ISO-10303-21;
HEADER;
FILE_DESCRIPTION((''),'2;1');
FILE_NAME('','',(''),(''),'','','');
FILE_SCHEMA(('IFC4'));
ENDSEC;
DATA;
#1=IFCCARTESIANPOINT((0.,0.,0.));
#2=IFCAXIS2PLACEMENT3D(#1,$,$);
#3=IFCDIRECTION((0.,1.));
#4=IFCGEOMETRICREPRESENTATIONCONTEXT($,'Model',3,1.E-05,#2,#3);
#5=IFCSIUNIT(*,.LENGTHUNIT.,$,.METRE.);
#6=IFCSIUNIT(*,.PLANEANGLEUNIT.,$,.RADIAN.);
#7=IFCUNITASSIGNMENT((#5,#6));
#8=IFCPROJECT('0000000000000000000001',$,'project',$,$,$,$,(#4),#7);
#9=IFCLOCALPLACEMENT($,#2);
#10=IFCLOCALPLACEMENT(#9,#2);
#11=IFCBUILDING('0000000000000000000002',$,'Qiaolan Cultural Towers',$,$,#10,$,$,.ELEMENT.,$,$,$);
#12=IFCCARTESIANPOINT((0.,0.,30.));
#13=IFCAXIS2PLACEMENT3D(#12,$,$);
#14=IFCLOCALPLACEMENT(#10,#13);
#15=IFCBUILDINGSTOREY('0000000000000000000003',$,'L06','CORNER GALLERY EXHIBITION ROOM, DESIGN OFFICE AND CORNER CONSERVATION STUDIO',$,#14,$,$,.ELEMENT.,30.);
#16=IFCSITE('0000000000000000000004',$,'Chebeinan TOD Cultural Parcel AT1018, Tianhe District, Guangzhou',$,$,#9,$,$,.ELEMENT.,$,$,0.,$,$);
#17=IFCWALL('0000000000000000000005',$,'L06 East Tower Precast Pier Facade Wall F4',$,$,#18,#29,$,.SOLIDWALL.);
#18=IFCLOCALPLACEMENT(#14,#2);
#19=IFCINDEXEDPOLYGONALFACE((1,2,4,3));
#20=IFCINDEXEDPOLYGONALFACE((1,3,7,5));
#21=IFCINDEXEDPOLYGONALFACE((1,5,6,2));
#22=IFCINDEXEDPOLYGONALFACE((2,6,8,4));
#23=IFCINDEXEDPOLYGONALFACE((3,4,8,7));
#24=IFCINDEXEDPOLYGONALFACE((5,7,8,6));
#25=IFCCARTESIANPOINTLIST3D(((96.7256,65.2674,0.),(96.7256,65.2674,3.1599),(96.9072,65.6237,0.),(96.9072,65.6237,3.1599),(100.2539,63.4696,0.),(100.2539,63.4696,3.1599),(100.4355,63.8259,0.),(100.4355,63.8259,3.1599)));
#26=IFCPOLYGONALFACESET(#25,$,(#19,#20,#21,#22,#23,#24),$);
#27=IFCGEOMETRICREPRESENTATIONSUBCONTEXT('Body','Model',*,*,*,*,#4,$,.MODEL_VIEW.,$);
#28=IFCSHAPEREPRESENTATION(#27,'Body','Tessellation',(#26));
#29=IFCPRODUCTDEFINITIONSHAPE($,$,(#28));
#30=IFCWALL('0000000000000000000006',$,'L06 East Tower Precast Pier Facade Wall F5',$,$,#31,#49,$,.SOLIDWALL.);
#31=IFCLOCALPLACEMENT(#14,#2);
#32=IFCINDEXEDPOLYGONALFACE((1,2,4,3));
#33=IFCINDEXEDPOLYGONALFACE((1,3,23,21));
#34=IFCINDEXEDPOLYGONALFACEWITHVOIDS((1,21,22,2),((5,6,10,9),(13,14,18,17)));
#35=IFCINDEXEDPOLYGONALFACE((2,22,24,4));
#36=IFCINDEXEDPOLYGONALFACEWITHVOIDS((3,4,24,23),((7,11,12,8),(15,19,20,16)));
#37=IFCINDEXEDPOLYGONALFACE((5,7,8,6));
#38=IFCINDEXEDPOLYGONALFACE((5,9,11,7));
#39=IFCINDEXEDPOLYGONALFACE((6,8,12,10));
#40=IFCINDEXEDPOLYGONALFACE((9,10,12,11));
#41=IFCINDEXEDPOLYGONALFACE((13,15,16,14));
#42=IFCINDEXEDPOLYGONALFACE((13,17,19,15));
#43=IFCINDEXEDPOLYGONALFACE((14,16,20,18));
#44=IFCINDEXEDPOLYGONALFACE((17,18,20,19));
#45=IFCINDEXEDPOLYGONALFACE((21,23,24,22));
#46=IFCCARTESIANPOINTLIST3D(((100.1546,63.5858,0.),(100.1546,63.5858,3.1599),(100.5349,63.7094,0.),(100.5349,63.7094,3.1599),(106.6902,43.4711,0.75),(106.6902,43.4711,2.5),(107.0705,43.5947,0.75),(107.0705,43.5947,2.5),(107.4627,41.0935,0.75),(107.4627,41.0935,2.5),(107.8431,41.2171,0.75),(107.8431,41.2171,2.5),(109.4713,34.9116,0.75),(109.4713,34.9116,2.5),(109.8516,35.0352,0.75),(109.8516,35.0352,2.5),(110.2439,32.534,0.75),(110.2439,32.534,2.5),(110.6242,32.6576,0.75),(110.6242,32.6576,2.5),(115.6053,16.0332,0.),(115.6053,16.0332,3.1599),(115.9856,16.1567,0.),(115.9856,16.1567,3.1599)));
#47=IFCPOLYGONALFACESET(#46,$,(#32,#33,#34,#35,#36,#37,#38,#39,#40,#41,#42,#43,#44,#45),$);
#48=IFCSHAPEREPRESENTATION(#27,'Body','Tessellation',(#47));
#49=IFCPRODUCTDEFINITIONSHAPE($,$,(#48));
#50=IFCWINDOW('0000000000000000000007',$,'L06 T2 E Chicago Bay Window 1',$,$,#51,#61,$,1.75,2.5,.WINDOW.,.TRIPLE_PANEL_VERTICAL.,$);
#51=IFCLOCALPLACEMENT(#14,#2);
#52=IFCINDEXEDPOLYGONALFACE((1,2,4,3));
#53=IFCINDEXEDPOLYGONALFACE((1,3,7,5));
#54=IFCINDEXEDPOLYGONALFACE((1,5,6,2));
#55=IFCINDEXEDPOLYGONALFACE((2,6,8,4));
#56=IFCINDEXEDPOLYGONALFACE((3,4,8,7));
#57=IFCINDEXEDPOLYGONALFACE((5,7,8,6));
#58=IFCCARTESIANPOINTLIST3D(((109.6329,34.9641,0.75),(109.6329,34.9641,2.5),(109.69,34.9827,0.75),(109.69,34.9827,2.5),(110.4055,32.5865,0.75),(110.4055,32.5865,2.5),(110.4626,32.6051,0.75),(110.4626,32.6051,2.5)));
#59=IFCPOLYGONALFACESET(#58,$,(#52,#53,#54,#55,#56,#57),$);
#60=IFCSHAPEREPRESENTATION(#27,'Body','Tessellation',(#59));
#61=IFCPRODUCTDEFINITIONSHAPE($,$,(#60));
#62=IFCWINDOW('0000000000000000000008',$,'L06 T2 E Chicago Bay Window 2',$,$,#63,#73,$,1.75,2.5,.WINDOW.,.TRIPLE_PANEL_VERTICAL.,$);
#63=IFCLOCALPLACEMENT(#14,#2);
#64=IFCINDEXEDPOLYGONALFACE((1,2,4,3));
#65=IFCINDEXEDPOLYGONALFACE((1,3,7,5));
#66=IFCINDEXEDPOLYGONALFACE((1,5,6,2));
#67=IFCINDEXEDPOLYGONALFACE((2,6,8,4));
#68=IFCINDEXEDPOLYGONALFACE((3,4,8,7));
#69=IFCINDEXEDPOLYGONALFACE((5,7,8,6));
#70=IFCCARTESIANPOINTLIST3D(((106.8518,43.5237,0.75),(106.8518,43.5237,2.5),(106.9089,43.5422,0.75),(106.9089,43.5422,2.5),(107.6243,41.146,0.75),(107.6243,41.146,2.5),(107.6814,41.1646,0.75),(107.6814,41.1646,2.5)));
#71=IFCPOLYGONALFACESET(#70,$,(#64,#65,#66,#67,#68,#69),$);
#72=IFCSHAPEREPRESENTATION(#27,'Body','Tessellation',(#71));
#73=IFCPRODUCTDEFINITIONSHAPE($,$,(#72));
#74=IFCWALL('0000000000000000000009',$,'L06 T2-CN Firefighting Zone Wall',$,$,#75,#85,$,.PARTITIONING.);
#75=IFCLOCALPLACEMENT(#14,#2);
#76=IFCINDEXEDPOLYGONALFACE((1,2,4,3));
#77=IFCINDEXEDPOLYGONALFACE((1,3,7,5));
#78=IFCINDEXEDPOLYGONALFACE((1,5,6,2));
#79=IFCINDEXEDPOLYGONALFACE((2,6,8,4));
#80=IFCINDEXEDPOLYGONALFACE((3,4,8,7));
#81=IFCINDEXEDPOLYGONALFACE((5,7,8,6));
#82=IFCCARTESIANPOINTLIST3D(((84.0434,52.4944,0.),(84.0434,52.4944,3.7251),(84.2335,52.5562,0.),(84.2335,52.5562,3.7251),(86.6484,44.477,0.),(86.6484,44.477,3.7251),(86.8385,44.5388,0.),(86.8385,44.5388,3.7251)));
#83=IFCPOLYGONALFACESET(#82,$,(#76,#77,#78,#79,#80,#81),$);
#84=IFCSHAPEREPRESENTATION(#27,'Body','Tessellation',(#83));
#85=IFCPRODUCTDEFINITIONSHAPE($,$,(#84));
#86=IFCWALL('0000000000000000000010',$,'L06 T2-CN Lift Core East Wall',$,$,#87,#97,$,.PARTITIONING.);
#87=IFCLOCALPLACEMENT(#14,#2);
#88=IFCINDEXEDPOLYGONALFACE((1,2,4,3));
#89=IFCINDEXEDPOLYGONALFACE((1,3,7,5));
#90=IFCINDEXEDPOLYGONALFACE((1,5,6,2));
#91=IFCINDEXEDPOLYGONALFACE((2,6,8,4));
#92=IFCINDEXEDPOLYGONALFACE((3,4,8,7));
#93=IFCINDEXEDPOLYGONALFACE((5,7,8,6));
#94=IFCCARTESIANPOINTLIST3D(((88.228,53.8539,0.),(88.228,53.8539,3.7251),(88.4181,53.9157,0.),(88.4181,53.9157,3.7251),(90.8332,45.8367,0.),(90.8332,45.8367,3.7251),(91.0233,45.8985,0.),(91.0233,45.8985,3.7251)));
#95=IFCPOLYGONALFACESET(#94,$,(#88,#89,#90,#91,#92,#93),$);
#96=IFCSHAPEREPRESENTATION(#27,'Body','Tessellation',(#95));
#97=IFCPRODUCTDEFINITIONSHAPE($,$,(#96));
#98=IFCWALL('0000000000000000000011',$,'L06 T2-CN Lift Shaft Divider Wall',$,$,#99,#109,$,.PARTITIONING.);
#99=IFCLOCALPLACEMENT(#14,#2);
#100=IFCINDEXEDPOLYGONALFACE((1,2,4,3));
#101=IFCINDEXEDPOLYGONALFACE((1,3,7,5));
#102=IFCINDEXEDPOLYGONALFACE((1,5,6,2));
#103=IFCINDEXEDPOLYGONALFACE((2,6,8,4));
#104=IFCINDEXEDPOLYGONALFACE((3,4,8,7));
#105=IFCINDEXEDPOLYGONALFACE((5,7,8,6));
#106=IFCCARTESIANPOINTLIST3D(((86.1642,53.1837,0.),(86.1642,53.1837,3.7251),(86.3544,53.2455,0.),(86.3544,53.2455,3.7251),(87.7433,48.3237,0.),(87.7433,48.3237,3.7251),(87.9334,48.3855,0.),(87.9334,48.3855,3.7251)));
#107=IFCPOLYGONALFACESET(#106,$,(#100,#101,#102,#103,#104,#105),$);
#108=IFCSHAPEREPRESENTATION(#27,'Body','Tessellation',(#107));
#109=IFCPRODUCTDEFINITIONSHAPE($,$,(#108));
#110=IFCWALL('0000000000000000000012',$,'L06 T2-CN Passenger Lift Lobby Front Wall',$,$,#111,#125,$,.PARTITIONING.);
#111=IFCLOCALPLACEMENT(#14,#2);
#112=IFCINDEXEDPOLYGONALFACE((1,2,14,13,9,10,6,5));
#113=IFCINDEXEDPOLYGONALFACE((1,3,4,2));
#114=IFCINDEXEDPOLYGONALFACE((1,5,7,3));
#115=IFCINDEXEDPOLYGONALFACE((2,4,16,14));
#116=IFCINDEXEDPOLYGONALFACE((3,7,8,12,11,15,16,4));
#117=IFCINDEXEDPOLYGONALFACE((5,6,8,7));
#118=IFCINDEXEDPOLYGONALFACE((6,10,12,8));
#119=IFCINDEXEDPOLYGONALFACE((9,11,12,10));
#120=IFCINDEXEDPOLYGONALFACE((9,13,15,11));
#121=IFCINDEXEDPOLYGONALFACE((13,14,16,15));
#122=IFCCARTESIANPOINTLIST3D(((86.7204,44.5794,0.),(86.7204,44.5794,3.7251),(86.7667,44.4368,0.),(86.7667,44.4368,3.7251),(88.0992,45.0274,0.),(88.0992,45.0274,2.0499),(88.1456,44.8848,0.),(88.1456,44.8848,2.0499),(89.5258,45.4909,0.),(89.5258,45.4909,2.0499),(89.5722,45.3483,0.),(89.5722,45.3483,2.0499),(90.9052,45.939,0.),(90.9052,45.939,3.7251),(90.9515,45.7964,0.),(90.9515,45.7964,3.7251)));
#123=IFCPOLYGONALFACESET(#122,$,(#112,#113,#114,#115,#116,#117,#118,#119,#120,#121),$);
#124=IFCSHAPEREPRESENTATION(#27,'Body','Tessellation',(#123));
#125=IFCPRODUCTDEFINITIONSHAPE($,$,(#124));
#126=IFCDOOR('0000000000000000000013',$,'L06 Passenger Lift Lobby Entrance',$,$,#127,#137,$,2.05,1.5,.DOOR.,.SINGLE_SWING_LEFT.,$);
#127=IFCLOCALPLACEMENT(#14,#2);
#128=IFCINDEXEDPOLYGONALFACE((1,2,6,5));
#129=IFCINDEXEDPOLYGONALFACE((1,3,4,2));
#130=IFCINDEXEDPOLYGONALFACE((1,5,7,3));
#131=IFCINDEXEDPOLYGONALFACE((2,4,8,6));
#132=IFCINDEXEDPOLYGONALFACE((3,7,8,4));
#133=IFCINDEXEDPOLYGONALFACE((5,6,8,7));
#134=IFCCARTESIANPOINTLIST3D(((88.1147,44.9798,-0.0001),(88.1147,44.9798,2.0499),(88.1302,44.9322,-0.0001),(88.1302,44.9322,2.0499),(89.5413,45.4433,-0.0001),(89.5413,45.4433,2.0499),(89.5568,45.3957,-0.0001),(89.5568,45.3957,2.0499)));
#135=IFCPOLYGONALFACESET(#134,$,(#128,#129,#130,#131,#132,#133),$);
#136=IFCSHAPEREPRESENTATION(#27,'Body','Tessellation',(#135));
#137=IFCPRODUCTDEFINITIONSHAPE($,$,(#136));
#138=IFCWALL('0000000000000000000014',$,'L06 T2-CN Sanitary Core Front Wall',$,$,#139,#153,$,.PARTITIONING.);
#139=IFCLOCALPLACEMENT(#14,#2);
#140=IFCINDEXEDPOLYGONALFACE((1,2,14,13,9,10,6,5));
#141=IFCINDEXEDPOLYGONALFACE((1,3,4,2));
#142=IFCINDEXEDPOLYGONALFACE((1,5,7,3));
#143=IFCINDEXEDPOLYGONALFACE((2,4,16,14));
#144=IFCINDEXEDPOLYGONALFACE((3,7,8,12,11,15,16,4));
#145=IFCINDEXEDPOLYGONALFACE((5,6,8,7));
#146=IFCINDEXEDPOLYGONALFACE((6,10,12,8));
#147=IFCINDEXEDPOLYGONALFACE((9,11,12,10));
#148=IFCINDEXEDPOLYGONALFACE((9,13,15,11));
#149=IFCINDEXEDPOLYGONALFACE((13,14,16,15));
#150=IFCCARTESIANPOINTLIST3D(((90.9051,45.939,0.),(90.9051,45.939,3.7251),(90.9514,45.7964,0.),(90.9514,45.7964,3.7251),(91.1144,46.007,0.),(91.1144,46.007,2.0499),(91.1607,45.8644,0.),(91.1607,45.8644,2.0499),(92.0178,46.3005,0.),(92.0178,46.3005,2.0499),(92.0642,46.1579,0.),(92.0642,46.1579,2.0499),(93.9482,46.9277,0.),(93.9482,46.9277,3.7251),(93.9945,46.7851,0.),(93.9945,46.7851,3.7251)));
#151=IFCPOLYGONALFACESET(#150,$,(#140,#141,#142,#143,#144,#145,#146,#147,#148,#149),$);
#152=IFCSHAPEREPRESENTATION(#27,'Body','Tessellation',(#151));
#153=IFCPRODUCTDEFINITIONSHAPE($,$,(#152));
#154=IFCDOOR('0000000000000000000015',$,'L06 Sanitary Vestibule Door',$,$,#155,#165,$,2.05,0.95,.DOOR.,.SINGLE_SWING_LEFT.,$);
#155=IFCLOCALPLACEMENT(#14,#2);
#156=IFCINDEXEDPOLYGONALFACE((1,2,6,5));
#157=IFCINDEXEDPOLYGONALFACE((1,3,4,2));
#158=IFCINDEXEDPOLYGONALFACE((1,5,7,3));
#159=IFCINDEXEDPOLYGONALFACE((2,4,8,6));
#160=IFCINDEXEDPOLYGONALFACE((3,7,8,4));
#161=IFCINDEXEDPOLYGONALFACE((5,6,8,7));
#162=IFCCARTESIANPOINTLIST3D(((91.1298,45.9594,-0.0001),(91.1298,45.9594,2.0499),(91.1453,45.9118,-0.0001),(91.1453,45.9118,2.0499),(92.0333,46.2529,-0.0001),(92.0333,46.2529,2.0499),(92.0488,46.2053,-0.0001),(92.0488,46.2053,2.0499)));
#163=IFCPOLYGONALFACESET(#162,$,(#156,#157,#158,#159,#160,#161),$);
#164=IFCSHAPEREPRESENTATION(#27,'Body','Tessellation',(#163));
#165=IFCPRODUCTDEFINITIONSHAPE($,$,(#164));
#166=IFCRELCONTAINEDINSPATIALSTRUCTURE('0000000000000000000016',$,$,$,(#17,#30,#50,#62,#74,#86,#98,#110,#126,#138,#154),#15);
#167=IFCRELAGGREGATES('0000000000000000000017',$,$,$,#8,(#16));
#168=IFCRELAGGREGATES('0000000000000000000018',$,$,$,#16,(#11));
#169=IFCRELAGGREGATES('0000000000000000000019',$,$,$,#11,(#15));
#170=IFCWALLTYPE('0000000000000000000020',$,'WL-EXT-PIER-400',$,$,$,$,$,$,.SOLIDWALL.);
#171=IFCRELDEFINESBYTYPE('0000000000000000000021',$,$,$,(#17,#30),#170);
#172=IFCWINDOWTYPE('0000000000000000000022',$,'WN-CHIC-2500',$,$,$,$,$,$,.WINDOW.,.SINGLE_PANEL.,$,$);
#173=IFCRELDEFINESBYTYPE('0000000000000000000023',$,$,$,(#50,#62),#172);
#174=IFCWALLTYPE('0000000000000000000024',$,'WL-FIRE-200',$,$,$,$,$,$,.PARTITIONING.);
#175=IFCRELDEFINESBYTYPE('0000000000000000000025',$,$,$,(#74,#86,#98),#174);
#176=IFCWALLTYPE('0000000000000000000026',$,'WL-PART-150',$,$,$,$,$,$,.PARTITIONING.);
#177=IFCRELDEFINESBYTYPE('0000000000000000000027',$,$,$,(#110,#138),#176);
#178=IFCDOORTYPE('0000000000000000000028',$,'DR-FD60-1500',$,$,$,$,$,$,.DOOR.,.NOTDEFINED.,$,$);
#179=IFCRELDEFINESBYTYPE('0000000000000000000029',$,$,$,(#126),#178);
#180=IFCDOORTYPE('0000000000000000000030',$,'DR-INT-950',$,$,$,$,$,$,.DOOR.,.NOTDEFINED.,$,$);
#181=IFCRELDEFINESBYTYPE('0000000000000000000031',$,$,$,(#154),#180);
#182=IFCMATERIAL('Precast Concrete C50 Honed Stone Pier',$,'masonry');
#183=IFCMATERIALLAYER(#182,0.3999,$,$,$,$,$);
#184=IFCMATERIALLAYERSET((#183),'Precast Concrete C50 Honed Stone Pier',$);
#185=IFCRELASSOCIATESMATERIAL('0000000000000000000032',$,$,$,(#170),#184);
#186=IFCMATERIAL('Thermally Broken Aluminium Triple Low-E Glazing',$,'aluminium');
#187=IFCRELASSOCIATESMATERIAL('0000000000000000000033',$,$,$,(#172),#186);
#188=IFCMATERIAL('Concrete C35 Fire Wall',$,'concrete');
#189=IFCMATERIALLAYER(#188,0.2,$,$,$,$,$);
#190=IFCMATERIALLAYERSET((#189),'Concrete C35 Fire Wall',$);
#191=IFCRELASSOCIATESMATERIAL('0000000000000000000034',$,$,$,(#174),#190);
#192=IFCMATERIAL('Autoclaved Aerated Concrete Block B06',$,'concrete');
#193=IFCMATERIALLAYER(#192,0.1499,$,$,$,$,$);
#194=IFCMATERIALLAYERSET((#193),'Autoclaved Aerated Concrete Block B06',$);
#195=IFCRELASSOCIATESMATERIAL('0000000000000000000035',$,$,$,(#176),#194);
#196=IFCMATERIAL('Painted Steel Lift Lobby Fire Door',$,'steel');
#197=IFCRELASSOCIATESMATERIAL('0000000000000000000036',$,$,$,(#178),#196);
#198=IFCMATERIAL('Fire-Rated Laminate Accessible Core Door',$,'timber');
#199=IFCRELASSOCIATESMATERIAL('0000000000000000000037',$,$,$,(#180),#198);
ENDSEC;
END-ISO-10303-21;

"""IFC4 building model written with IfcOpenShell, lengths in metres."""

from ifc_helpers import new_model, si_unit, direction, frame, frame_2d, origin, place, context, subcontext, project, spatial, rectangle, extrude, material, layer, layer_set, type_object, element, fill, save


model = new_model("IFC4")

# Units and contexts
model_context = context("Model", 3, precision=1e-05, world=origin(), true_north=direction((0.0, 1.0)))
body_context = subcontext(model_context, "Body", "Model", "MODEL_VIEW")
ifc_project = project(units=[si_unit("LENGTHUNIT", "METRE"), si_unit("PLANEANGLEUNIT", "RADIAN")], contexts=[model_context])

# Site, building, storey
site_placement = place(None, origin())
site = spatial("IfcSite", under=ifc_project, at=site_placement, Name="Chebeinan TOD Cultural Parcel AT1018, Tianhe District, Guangzhou", CompositionType="ELEMENT", RefElevation=0.0)
building_placement = place(site_placement, origin())
building = spatial("IfcBuilding", under=site, at=building_placement, Name="Qiaolan Cultural Towers", CompositionType="ELEMENT")
storey_placement = place(building_placement, frame((0.0, 0.0, 30.0)))
storey = spatial("IfcBuildingStorey", under=building, at=storey_placement, Name="L06", Description="CORNER GALLERY EXHIBITION ROOM, DESIGN OFFICE AND CORNER CONSERVATION STUDIO", CompositionType="ELEMENT", Elevation=30.0)

# Wall
ifc_material_1 = material(Name="Precast Concrete C50 Honed Stone Pier", Category="masonry")
ifc_layer_1 = layer(ifc_material_1, 0.3999)
ifc_layer_set_1 = layer_set([ifc_layer_1], Name="Precast Concrete C50 Honed Stone Pier")
wall_type_1 = type_object("IfcWallType", Name="WL-EXT-PIER-400", PredefinedType="SOLIDWALL", material=ifc_layer_set_1)
wall_1_placement = place(storey_placement, frame((96.8164, 65.4456, 0.0), z_axis=(0.0, 0.0, 1.0), x_axis=(0.890998, -0.454007, 0.0)))
element("IfcWall", 1, at=wall_1_placement, inside=storey, type_object=wall_type_1, Name="L06 East Tower Precast Pier Facade Wall F4", PredefinedType="SOLIDWALL", context=body_context, shape_type="SweptSolid", body=[
    extrude(rectangle(XDim=3.96, YDim=0.3999, at=frame_2d((1.98, 0.0))), origin(), (0.0, 0.0, 1.0), 3.1599),
])

# Wall, openings, windows
wall_2_placement = place(storey_placement, frame((100.3447, 63.6477, 0.0), z_axis=(0.0, 0.0, 1.0), x_axis=(0.309015, -0.951057, 0.0)))
wall_2 = element("IfcWall", 2, at=wall_2_placement, inside=storey, type_object=wall_type_1, Name="L06 East Tower Precast Pier Facade Wall F5", PredefinedType="SOLIDWALL", context=body_context, shape_type="SweptSolid", body=[
    extrude(rectangle(XDim=49.9998, YDim=0.3999, at=frame_2d((25.0, 0.0))), origin(), (0.0, 0.0, 1.0), 3.1599),
])
opening_1_placement = place(wall_2_placement, frame((30.1499, 0.0, 0.75)))
opening_1 = element("IfcOpeningElement", 3, at=opening_1_placement, cuts=wall_2, PredefinedType="OPENING", context=body_context, shape_type="SweptSolid", body=[
    extrude(rectangle(XDim=2.5, YDim=1.75, at=frame_2d((1.25, 0.875))), frame((0.0, 0.21, 0.0), z_axis=(0.0, -1.0, 0.0), x_axis=(1.0, 0.0, 0.0)), (0.0, 0.0, 1.0), 0.4199),
])
opening_2_placement = place(wall_2_placement, frame((21.1499, 0.0, 0.75)))
opening_2 = element("IfcOpeningElement", 4, at=opening_2_placement, cuts=wall_2, PredefinedType="OPENING", context=body_context, shape_type="SweptSolid", body=[
    extrude(rectangle(XDim=2.5, YDim=1.75, at=frame_2d((1.25, 0.875))), frame((0.0, 0.21, 0.0), z_axis=(0.0, -1.0, 0.0), x_axis=(1.0, 0.0, 0.0)), (0.0, 0.0, 1.0), 0.4199),
])
ifc_material_2 = material(Name="Thermally Broken Aluminium Triple Low-E Glazing", Category="aluminium")
window_type = type_object("IfcWindowType", Name="WN-CHIC-2500", PartitioningType="SINGLE_PANEL", PredefinedType="WINDOW", material=ifc_material_2)
window_1_placement = place(opening_1_placement, origin())
window_1 = element("IfcWindow", 5, at=window_1_placement, inside=storey, type_object=window_type, Name="L06 T2 E Chicago Bay Window 1", OverallHeight=1.75, OverallWidth=2.5, PartitioningType="TRIPLE_PANEL_VERTICAL", PredefinedType="WINDOW", context=body_context, shape_type="SweptSolid", body=[
    extrude(rectangle(XDim=2.5, YDim=1.75, at=frame_2d((1.25, 0.875))), frame((0.0, 0.03, 0.0), z_axis=(0.0, -1.0, 0.0), x_axis=(1.0, 0.0, 0.0)), (0.0, 0.0, 1.0), 0.0601),
])
fill(opening_1, window_1)
window_2_placement = place(opening_2_placement, origin())
window_2 = element("IfcWindow", 6, at=window_2_placement, inside=storey, type_object=window_type, Name="L06 T2 E Chicago Bay Window 2", OverallHeight=1.75, OverallWidth=2.5, PartitioningType="TRIPLE_PANEL_VERTICAL", PredefinedType="WINDOW", context=body_context, shape_type="SweptSolid", body=[
    extrude(rectangle(XDim=2.5, YDim=1.75, at=frame_2d((1.25, 0.875))), frame((0.0, 0.03, 0.0), z_axis=(0.0, -1.0, 0.0), x_axis=(1.0, 0.0, 0.0)), (0.0, 0.0, 1.0), 0.0601),
])
fill(opening_2, window_2)

# Walls
ifc_material_3 = material(Name="Concrete C35 Fire Wall", Category="concrete")
ifc_layer_2 = layer(ifc_material_3, 0.2)
ifc_layer_set_2 = layer_set([ifc_layer_2], Name="Concrete C35 Fire Wall")
wall_type_2 = type_object("IfcWallType", Name="WL-FIRE-200", PredefinedType="PARTITIONING", material=ifc_layer_set_2)
for number, where, z_axis, x_axis, name in (
    (7, (86.7434, 44.5081, 0.0), (0.0, 0.0, 1.0), (-0.309016, 0.951057, 0.0), "L06 T2-CN Firefighting Zone Wall"),
    (8, (90.9282, 45.8677, 0.0), (0.0, 0.0, 1.0), (-0.309042, 0.951048, 0.0), "L06 T2-CN Lift Core East Wall"),
):
    element("IfcWall", number, at=place(storey_placement, frame(where, z_axis=z_axis, x_axis=x_axis)), inside=storey, type_object=wall_type_2, Name=name, PredefinedType="PARTITIONING", context=body_context, shape_type="SweptSolid", body=[
        extrude(rectangle(XDim=8.4299, YDim=0.2, at=frame_2d((4.2148, 0.0))), origin(), (0.0, 0.0, 1.0), 3.7251),
    ])
wall_3_placement = place(storey_placement, frame((87.8384, 48.3545, 0.0), z_axis=(0.0, 0.0, 1.0), x_axis=(-0.309009, 0.951059, 0.0)))
element("IfcWall", 9, at=wall_3_placement, inside=storey, type_object=wall_type_2, Name="L06 T2-CN Lift Shaft Divider Wall", PredefinedType="PARTITIONING", context=body_context, shape_type="SweptSolid", body=[
    extrude(rectangle(XDim=5.1101, YDim=0.2, at=frame_2d((2.5552, 0.0))), origin(), (0.0, 0.0, 1.0), 3.7251),
])

# Walls, openings, doors
ifc_material_4 = material(Name="Autoclaved Aerated Concrete Block B06", Category="concrete")
ifc_layer_3 = layer(ifc_material_4, 0.1499)
ifc_layer_set_3 = layer_set([ifc_layer_3], Name="Autoclaved Aerated Concrete Block B06")
wall_type_3 = type_object("IfcWallType", Name="WL-PART-150", PredefinedType="PARTITIONING", material=ifc_layer_set_3)
wall_4_placement = place(storey_placement, frame((86.7434, 44.5081, 0.0), z_axis=(0.0, 0.0, 1.0), x_axis=(0.951064, 0.308994, 0.0)))
wall_4 = element("IfcWall", 10, at=wall_4_placement, inside=storey, type_object=wall_type_3, Name="L06 T2-CN Passenger Lift Lobby Front Wall", PredefinedType="PARTITIONING", context=body_context, shape_type="SweptSolid", body=[
    extrude(rectangle(XDim=4.4001, YDim=0.1499, at=frame_2d((2.2002, 0.0))), origin(), (0.0, 0.0, 1.0), 3.7251),
])
opening_3_placement = place(wall_4_placement, frame((1.45, 0.0, 0.0)))
opening_3 = element("IfcOpeningElement", 11, at=opening_3_placement, cuts=wall_4, PredefinedType="OPENING", context=body_context, shape_type="SweptSolid", body=[
    extrude(rectangle(XDim=1.5, YDim=2.05, at=frame_2d((0.75, 1.0249))), frame((0.0, 0.085, 0.0), z_axis=(0.0, -1.0, 0.0), x_axis=(1.0, 0.0, 0.0)), (0.0, 0.0, 1.0), 0.1699),
])
ifc_material_5 = material(Name="Painted Steel Lift Lobby Fire Door", Category="steel")
door_type_1 = type_object("IfcDoorType", Name="DR-FD60-1500", OperationType="NOTDEFINED", PredefinedType="DOOR", material=ifc_material_5)
door_1_placement = place(opening_3_placement, origin())
door_1 = element("IfcDoor", 12, at=door_1_placement, inside=storey, type_object=door_type_1, Name="L06 Passenger Lift Lobby Entrance", OperationType="SINGLE_SWING_LEFT", OverallHeight=2.05, OverallWidth=1.5, PredefinedType="DOOR", context=body_context, shape_type="SweptSolid", body=[
    extrude(rectangle(XDim=1.5, YDim=2.05, at=frame_2d((0.75, 1.0249))), frame((0.0, 0.0249, 0.0), z_axis=(0.0, -1.0, 0.0), x_axis=(1.0, 0.0, 0.0)), (0.0, 0.0, 1.0), 0.05),
])
fill(opening_3, door_1)
wall_5_placement = place(storey_placement, frame((90.9282, 45.8677, 0.0), z_axis=(0.0, 0.0, 1.0), x_axis=(0.951059, 0.309008, 0.0)))
wall_5 = element("IfcWall", 13, at=wall_5_placement, inside=storey, type_object=wall_type_3, Name="L06 T2-CN Sanitary Core Front Wall", PredefinedType="PARTITIONING", context=body_context, shape_type="SweptSolid", body=[
    extrude(rectangle(XDim=3.1997, YDim=0.1499, at=frame_2d((1.5999, 0.0))), origin(), (0.0, 0.0, 1.0), 3.7251),
])
opening_4_placement = place(wall_5_placement, frame((0.22, 0.0, 0.0)))
opening_4 = element("IfcOpeningElement", 14, at=opening_4_placement, cuts=wall_5, PredefinedType="OPENING", context=body_context, shape_type="SweptSolid", body=[
    extrude(rectangle(XDim=0.95, YDim=2.05, at=frame_2d((0.4751, 1.0249))), frame((0.0, 0.085, 0.0), z_axis=(0.0, -1.0, 0.0), x_axis=(1.0, 0.0, 0.0)), (0.0, 0.0, 1.0), 0.1699),
])
ifc_material_6 = material(Name="Fire-Rated Laminate Accessible Core Door", Category="timber")
door_type_2 = type_object("IfcDoorType", Name="DR-INT-950", OperationType="NOTDEFINED", PredefinedType="DOOR", material=ifc_material_6)
door_2_placement = place(opening_4_placement, origin())
door_2 = element("IfcDoor", 15, at=door_2_placement, inside=storey, type_object=door_type_2, Name="L06 Sanitary Vestibule Door", OperationType="SINGLE_SWING_LEFT", OverallHeight=2.05, OverallWidth=0.95, PredefinedType="DOOR", context=body_context, shape_type="SweptSolid", body=[
    extrude(rectangle(XDim=0.95, YDim=2.05, at=frame_2d((0.4751, 1.0249))), frame((0.0, 0.0249, 0.0), z_axis=(0.0, -1.0, 0.0), x_axis=(1.0, 0.0, 0.0)), (0.0, 0.0, 1.0), 0.05),
])
fill(opening_4, door_2)

save(model, "model.ifc")
